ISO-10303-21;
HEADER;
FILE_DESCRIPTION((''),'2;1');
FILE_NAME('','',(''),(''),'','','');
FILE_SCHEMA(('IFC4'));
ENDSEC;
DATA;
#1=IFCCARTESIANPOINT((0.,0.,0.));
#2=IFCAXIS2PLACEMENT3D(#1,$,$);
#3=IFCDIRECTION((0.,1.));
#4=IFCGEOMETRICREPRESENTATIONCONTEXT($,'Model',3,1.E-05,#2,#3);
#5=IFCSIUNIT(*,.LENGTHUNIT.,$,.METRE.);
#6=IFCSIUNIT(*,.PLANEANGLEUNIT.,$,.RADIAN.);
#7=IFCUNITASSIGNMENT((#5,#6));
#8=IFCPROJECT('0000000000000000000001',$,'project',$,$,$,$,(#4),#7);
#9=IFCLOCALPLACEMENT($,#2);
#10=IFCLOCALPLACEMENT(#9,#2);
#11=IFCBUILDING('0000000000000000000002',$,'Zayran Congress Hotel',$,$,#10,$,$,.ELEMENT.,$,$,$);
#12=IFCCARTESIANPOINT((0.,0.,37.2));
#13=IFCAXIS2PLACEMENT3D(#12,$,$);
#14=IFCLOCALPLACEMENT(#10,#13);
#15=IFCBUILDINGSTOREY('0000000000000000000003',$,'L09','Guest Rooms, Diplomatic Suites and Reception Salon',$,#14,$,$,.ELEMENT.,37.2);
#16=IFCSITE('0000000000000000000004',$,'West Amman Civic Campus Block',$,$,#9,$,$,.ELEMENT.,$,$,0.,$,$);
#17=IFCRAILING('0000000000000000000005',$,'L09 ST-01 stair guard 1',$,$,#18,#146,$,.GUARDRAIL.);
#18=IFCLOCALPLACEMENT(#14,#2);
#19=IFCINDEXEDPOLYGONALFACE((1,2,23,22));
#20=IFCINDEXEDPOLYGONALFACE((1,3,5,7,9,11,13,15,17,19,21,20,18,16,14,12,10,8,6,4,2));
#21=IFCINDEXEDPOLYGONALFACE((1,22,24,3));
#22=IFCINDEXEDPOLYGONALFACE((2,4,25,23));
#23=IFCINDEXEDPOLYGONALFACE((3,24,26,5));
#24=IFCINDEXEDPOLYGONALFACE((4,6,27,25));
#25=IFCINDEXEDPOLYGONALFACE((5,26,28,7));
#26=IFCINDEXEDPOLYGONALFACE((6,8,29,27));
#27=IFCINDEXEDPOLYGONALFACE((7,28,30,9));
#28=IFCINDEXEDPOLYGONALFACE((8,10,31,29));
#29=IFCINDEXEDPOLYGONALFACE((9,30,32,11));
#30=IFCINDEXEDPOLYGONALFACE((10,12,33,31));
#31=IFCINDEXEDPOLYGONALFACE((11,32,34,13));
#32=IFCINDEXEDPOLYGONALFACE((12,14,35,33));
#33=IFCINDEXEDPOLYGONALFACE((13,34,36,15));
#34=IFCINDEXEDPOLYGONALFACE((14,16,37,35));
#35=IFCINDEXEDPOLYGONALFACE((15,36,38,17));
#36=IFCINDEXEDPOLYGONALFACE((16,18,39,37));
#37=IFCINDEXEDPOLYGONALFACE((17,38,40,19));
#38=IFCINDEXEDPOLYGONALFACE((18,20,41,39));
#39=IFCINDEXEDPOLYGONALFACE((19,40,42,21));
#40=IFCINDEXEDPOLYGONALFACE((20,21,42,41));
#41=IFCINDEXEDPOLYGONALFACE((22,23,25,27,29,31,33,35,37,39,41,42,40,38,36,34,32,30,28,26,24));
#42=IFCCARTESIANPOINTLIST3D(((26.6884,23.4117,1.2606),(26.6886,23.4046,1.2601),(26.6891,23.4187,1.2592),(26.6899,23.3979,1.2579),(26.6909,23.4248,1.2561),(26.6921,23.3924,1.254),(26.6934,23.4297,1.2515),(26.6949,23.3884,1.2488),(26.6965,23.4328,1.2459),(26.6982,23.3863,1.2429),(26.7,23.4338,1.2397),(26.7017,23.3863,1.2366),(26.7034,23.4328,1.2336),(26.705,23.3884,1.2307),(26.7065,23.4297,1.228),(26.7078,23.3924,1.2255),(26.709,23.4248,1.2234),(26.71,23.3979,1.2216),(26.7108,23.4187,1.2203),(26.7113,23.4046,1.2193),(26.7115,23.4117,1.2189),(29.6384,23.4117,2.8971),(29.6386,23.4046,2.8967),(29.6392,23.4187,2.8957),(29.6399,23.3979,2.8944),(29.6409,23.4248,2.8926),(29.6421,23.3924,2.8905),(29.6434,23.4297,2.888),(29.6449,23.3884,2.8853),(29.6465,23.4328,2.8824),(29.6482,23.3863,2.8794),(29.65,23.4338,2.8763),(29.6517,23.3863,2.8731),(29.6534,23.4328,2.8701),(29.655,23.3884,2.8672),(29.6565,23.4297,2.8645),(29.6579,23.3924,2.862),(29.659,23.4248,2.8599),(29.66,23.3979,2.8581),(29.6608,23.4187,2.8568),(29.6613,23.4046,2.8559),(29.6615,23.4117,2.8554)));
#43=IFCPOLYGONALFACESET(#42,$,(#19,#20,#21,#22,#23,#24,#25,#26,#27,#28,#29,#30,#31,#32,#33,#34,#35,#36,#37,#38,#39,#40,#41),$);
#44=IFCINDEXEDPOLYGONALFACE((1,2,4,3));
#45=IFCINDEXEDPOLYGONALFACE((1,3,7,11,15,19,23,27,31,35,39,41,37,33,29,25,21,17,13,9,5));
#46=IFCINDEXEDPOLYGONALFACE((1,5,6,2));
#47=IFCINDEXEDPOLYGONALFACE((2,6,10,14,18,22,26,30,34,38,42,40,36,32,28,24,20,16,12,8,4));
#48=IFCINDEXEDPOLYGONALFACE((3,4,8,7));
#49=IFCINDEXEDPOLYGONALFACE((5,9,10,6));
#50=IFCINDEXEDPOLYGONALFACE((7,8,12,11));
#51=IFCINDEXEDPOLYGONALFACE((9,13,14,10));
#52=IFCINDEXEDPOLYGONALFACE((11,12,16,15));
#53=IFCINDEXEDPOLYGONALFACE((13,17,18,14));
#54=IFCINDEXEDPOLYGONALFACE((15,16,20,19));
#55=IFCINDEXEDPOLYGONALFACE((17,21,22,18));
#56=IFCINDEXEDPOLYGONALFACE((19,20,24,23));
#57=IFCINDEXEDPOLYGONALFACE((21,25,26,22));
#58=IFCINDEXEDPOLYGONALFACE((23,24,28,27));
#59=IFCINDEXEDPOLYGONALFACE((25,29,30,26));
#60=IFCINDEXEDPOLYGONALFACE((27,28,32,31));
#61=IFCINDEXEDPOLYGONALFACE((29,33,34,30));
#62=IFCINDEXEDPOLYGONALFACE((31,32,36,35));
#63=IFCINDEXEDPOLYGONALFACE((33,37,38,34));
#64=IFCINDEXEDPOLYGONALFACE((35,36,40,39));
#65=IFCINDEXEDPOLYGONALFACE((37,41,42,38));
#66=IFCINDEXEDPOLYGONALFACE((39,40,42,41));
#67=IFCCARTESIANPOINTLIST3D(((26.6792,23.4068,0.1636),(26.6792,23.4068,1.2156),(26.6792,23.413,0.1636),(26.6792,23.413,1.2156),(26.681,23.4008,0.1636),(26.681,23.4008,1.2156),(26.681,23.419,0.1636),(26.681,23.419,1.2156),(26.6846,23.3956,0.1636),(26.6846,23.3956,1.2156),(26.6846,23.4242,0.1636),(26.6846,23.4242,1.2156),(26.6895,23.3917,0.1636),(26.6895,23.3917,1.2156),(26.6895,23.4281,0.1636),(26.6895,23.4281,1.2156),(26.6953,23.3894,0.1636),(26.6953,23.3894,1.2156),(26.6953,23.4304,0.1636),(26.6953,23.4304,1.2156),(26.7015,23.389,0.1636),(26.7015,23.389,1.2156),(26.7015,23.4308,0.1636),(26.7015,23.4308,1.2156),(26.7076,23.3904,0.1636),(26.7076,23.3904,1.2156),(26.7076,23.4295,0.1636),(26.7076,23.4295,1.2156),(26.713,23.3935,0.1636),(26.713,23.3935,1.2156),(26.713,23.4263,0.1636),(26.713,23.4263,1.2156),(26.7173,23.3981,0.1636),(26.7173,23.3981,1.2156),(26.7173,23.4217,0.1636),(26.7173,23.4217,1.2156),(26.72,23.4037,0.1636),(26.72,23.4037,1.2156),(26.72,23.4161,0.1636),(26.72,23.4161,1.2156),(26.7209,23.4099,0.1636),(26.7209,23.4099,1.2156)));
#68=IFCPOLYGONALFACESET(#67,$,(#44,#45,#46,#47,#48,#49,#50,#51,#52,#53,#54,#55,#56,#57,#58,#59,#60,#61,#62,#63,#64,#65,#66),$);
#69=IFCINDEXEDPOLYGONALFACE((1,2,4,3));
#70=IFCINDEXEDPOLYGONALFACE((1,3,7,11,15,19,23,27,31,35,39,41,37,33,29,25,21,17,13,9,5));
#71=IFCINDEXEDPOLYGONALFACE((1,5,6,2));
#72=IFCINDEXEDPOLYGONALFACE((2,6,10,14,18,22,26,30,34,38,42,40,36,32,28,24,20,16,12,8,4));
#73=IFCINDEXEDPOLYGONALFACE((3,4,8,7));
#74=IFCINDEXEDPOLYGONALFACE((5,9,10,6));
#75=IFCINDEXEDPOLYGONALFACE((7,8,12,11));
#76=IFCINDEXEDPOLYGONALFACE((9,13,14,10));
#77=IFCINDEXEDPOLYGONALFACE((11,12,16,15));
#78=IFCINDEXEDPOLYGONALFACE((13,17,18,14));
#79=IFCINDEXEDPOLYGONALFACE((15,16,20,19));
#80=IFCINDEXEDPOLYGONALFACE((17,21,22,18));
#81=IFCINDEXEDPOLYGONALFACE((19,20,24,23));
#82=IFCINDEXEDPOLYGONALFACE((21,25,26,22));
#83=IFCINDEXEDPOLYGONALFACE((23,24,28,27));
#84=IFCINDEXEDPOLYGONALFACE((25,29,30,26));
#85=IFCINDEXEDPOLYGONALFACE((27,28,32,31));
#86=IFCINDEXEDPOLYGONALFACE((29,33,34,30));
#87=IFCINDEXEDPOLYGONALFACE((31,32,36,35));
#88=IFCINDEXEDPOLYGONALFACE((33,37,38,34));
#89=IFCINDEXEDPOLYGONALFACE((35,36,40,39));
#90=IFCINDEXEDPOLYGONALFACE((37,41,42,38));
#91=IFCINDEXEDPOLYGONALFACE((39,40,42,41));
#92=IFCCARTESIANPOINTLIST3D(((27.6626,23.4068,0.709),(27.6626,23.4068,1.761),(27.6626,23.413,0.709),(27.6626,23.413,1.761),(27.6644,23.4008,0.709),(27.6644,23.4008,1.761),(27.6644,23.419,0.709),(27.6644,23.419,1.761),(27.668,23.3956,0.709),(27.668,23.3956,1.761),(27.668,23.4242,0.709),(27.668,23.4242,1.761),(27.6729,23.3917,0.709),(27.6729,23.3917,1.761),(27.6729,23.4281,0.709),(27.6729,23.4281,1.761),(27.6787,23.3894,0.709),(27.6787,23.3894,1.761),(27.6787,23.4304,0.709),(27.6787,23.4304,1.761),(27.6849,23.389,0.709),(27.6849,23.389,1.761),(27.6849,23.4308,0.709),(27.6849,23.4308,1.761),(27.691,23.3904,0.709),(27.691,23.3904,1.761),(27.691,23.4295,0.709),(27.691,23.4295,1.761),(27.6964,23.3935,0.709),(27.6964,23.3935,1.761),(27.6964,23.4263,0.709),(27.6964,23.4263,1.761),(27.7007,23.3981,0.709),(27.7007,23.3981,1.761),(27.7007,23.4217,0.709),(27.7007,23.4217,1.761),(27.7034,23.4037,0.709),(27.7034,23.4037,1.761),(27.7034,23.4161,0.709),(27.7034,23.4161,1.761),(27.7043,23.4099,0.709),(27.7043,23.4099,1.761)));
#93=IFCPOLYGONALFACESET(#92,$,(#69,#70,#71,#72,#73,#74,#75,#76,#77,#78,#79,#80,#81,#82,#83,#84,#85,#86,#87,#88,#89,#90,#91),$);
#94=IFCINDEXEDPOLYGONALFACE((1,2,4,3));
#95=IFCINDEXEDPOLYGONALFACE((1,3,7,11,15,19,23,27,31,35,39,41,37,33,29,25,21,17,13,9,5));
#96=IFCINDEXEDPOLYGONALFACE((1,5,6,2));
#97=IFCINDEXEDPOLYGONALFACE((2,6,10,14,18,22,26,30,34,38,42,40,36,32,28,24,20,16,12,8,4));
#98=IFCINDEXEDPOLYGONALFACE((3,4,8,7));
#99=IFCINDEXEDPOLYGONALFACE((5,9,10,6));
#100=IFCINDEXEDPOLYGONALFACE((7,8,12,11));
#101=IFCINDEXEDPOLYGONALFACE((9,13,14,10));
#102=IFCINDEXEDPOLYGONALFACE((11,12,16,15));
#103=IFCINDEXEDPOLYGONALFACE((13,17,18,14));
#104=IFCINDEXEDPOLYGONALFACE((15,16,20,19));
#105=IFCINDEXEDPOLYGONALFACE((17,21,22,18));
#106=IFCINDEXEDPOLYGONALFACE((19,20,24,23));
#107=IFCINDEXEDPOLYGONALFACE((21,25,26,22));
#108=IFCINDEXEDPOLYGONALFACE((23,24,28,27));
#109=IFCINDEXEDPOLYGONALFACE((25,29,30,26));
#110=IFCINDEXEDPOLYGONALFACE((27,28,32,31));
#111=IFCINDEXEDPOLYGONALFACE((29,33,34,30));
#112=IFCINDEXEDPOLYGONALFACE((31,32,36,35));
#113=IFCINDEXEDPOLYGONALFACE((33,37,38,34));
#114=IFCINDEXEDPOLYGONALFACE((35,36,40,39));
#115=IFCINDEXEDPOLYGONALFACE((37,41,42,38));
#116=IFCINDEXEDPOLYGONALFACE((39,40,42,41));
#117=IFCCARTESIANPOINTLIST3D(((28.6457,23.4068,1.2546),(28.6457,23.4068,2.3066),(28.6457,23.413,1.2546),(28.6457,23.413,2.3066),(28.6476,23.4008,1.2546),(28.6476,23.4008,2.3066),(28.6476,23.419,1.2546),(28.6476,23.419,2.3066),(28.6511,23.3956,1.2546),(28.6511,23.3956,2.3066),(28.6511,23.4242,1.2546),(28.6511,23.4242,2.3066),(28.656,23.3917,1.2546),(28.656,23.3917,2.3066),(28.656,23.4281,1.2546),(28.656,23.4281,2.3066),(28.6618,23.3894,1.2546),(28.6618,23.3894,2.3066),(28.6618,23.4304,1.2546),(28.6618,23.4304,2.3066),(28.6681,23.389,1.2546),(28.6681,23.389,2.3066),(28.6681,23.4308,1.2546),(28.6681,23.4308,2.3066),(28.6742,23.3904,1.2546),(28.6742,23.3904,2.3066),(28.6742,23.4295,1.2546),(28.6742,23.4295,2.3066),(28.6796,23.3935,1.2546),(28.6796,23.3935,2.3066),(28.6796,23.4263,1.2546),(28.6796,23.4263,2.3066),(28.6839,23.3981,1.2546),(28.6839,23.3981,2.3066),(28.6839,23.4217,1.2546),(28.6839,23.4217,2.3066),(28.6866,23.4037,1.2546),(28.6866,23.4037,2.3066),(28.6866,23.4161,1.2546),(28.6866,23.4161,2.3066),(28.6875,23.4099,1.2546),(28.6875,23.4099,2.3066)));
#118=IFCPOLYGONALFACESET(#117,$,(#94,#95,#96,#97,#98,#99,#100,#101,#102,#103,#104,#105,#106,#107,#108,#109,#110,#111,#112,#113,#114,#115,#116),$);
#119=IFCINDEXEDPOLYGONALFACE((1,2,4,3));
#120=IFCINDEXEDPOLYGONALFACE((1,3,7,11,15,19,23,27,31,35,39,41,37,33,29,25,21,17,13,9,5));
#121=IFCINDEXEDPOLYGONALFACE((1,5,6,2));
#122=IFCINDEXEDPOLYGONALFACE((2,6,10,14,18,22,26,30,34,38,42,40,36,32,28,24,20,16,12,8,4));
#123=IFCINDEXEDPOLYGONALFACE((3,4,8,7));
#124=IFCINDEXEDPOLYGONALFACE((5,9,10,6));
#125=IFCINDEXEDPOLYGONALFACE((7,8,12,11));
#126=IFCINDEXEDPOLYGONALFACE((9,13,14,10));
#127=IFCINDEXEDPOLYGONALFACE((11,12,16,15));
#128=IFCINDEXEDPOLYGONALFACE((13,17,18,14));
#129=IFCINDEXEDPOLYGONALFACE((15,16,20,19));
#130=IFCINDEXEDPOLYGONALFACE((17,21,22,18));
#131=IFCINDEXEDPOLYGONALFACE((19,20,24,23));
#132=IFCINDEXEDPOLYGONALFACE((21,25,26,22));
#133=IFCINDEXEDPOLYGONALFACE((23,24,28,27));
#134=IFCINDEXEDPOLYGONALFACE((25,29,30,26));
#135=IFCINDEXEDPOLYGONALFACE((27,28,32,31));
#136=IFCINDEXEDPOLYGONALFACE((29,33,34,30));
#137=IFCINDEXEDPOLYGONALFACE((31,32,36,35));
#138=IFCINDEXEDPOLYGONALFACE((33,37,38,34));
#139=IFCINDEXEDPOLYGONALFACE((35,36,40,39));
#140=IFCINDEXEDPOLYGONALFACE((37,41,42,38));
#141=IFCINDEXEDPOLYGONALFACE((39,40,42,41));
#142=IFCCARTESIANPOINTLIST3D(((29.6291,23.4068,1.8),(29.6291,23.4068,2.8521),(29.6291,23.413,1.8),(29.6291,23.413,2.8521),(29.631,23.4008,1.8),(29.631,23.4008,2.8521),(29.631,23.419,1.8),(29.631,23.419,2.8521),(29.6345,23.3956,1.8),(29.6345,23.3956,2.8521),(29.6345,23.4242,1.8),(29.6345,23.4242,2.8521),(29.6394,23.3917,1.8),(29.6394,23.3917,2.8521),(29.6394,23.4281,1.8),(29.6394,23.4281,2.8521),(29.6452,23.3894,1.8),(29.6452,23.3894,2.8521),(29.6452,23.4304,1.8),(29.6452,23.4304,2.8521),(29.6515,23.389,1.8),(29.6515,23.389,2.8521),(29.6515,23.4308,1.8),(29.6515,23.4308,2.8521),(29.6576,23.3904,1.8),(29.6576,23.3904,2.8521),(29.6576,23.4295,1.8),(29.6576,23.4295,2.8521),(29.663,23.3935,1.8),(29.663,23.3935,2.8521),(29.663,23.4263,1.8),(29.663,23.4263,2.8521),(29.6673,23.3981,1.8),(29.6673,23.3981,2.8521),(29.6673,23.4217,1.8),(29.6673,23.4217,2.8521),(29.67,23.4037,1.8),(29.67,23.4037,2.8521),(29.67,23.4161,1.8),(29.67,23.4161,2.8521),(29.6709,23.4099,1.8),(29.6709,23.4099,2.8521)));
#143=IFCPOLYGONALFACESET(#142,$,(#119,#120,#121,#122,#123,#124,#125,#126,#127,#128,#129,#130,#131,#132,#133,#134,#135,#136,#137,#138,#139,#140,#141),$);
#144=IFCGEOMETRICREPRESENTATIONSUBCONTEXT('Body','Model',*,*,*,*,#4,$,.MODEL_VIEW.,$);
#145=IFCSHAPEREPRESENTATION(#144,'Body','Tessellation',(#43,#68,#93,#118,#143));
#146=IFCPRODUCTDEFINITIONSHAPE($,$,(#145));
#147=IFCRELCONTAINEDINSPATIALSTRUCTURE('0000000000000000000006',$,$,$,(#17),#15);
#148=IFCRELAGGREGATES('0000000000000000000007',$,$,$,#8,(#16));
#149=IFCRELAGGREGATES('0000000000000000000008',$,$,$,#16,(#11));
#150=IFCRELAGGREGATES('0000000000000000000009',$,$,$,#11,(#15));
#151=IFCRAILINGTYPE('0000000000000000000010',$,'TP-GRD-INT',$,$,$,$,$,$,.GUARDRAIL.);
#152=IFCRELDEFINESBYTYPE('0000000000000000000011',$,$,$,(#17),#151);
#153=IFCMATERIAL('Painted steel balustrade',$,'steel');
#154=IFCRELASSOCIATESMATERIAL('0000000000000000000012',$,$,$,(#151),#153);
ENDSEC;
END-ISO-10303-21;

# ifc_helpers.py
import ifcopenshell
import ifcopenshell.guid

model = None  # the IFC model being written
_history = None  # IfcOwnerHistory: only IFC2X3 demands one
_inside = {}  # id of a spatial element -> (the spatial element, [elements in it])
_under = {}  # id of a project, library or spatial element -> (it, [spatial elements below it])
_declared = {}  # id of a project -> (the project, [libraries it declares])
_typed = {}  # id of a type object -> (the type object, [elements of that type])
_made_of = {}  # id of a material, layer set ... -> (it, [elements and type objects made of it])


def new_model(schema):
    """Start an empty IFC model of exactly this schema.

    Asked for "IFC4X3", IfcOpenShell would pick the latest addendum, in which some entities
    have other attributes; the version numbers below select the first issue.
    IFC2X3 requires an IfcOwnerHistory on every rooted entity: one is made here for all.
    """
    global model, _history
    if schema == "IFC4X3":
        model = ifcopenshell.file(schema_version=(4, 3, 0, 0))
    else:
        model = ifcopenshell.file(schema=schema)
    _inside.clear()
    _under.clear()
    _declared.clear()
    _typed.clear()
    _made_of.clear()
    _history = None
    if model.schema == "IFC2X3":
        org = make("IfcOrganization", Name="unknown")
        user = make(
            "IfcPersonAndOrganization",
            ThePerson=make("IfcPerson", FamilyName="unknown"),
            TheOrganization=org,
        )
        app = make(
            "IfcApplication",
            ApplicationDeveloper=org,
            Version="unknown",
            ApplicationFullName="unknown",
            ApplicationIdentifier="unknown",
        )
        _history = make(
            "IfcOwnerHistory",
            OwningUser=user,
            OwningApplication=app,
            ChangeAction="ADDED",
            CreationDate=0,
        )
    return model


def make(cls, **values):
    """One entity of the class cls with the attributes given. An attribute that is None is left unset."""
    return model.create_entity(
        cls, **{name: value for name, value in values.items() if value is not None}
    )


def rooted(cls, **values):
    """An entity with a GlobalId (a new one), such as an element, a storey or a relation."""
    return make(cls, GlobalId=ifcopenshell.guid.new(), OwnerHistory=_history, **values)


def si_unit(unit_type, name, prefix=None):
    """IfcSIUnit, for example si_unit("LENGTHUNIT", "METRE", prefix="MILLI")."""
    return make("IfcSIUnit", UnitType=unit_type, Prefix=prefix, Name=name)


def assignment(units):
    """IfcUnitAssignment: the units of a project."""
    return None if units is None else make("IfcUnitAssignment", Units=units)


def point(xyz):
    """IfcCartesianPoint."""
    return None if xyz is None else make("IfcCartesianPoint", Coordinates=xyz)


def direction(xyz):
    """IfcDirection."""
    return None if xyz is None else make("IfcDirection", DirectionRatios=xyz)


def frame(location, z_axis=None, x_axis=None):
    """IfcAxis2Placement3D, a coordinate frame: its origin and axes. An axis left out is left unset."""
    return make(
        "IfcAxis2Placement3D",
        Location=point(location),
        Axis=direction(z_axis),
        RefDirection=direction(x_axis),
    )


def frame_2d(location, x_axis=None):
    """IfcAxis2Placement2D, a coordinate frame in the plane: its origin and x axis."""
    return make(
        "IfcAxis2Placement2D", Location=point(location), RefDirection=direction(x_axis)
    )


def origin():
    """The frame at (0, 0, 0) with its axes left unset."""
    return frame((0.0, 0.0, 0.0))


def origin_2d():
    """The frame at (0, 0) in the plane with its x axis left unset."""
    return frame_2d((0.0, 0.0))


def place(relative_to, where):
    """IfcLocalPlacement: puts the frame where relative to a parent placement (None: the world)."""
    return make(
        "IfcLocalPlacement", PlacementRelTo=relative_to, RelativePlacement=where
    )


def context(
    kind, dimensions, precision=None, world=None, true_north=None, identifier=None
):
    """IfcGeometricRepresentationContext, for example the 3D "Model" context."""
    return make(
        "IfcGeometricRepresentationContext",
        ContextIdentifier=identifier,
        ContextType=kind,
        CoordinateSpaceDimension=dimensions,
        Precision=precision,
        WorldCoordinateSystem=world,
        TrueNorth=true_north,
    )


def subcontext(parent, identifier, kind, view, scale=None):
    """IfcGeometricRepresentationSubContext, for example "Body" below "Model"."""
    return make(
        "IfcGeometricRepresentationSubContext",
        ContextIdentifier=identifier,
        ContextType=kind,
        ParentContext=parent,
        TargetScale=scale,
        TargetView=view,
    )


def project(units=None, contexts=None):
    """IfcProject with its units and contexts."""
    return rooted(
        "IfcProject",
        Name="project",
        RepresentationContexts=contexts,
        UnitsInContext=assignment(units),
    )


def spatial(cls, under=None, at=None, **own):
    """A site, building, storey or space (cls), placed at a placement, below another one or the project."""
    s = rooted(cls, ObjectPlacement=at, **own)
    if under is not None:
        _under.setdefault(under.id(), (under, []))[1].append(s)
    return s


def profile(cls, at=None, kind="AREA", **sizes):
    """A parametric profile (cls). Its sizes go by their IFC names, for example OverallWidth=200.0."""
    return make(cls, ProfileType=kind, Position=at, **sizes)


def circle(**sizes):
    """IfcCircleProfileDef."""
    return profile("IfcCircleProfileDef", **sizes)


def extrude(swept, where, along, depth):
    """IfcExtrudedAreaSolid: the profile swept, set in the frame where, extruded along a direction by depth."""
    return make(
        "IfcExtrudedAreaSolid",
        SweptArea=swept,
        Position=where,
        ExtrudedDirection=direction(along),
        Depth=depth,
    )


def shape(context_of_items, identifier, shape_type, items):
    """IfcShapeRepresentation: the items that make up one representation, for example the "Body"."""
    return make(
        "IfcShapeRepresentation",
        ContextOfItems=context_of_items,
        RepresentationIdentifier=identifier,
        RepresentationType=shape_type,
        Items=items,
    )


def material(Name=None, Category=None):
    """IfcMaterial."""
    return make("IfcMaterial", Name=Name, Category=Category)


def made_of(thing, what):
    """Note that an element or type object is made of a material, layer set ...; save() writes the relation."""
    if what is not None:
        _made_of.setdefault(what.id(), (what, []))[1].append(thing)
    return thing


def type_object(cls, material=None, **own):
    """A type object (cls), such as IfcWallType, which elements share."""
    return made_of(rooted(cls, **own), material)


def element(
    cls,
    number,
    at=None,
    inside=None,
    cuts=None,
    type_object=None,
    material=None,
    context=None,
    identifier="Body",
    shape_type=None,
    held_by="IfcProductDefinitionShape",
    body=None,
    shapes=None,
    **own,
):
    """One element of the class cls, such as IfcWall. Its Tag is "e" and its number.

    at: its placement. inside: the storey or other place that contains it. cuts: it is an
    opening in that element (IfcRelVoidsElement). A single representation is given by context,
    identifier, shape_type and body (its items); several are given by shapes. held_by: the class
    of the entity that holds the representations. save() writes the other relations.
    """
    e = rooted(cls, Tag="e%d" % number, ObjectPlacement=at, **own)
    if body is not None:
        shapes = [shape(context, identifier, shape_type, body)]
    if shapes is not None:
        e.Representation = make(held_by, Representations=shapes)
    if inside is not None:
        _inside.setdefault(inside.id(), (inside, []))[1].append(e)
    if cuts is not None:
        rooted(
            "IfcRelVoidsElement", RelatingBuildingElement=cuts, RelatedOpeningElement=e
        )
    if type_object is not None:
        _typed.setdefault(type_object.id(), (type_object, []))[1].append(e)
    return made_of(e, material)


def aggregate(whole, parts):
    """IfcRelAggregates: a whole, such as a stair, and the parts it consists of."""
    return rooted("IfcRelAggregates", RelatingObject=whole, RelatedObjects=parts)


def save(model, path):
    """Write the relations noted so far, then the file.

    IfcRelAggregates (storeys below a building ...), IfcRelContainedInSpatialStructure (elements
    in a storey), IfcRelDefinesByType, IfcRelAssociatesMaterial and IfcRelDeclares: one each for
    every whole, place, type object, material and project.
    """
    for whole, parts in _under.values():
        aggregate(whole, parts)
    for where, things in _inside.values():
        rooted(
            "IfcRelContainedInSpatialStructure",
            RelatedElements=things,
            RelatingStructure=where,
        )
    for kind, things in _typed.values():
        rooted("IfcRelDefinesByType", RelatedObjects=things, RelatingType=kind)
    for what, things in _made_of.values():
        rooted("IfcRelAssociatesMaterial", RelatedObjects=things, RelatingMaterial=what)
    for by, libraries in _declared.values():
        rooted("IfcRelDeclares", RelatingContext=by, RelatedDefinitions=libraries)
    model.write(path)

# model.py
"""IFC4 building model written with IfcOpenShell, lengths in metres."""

from ifc_helpers import new_model, si_unit, direction, frame, origin, origin_2d, place, context, subcontext, project, spatial, circle, extrude, material, type_object, element, save


model = new_model("IFC4")

# Units and contexts
model_context = context("Model", 3, precision=1e-05, world=origin(), true_north=direction((0.0, 1.0)))
body_context = subcontext(model_context, "Body", "Model", "MODEL_VIEW")
ifc_project = project(units=[si_unit("LENGTHUNIT", "METRE"), si_unit("PLANEANGLEUNIT", "RADIAN")], contexts=[model_context])

# Site, building, storey
site_placement = place(None, origin())
site = spatial("IfcSite", under=ifc_project, at=site_placement, Name="West Amman Civic Campus Block", CompositionType="ELEMENT", RefElevation=0.0)
building_placement = place(site_placement, origin())
building = spatial("IfcBuilding", under=site, at=building_placement, Name="Zayran Congress Hotel", CompositionType="ELEMENT")
storey_placement = place(building_placement, frame((0.0, 0.0, 37.2)))
storey = spatial("IfcBuildingStorey", under=building, at=storey_placement, Name="L09", Description="Guest Rooms, Diplomatic Suites and Reception Salon", CompositionType="ELEMENT", Elevation=37.2)

# Railing
ifc_material_1 = material(Name="Painted steel balustrade", Category="steel")
railing_type_1 = type_object("IfcRailingType", Name="TP-GRD-INT", PredefinedType="GUARDRAIL", material=ifc_material_1)
railing_1_placement = place(storey_placement, frame((26.7, 23.4099, 0.1636)))
element("IfcRailing", 1, at=railing_1_placement, inside=storey, type_object=railing_type_1, Name="L09 ST-01 stair guard 1", PredefinedType="GUARDRAIL", context=body_context, shape_type="SweptSolid", body=[
    extrude(circle(Radius=0.0239, at=origin_2d()), frame((0.0, 0.0, 1.0762), z_axis=(0.874458, 0.0, 0.485102), x_axis=(0.0, 1.0, 0.0)), (0.0, 0.0, 1.0), 3.3735),
    extrude(circle(Radius=0.021, at=origin_2d()), origin(), (0.0, 0.0, 1.0), 1.052),
    extrude(circle(Radius=0.021, at=origin_2d()), frame((0.9834, 0.0, 0.5454)), (0.0, 0.0, 1.0), 1.052),
    extrude(circle(Radius=0.021, at=origin_2d()), frame((1.9666, 0.0, 1.0911)), (0.0, 0.0, 1.0), 1.052),
    extrude(circle(Radius=0.021, at=origin_2d()), frame((2.95, 0.0, 1.6365)), (0.0, 0.0, 1.0), 1.052),
])

save(model, "model.ifc")
